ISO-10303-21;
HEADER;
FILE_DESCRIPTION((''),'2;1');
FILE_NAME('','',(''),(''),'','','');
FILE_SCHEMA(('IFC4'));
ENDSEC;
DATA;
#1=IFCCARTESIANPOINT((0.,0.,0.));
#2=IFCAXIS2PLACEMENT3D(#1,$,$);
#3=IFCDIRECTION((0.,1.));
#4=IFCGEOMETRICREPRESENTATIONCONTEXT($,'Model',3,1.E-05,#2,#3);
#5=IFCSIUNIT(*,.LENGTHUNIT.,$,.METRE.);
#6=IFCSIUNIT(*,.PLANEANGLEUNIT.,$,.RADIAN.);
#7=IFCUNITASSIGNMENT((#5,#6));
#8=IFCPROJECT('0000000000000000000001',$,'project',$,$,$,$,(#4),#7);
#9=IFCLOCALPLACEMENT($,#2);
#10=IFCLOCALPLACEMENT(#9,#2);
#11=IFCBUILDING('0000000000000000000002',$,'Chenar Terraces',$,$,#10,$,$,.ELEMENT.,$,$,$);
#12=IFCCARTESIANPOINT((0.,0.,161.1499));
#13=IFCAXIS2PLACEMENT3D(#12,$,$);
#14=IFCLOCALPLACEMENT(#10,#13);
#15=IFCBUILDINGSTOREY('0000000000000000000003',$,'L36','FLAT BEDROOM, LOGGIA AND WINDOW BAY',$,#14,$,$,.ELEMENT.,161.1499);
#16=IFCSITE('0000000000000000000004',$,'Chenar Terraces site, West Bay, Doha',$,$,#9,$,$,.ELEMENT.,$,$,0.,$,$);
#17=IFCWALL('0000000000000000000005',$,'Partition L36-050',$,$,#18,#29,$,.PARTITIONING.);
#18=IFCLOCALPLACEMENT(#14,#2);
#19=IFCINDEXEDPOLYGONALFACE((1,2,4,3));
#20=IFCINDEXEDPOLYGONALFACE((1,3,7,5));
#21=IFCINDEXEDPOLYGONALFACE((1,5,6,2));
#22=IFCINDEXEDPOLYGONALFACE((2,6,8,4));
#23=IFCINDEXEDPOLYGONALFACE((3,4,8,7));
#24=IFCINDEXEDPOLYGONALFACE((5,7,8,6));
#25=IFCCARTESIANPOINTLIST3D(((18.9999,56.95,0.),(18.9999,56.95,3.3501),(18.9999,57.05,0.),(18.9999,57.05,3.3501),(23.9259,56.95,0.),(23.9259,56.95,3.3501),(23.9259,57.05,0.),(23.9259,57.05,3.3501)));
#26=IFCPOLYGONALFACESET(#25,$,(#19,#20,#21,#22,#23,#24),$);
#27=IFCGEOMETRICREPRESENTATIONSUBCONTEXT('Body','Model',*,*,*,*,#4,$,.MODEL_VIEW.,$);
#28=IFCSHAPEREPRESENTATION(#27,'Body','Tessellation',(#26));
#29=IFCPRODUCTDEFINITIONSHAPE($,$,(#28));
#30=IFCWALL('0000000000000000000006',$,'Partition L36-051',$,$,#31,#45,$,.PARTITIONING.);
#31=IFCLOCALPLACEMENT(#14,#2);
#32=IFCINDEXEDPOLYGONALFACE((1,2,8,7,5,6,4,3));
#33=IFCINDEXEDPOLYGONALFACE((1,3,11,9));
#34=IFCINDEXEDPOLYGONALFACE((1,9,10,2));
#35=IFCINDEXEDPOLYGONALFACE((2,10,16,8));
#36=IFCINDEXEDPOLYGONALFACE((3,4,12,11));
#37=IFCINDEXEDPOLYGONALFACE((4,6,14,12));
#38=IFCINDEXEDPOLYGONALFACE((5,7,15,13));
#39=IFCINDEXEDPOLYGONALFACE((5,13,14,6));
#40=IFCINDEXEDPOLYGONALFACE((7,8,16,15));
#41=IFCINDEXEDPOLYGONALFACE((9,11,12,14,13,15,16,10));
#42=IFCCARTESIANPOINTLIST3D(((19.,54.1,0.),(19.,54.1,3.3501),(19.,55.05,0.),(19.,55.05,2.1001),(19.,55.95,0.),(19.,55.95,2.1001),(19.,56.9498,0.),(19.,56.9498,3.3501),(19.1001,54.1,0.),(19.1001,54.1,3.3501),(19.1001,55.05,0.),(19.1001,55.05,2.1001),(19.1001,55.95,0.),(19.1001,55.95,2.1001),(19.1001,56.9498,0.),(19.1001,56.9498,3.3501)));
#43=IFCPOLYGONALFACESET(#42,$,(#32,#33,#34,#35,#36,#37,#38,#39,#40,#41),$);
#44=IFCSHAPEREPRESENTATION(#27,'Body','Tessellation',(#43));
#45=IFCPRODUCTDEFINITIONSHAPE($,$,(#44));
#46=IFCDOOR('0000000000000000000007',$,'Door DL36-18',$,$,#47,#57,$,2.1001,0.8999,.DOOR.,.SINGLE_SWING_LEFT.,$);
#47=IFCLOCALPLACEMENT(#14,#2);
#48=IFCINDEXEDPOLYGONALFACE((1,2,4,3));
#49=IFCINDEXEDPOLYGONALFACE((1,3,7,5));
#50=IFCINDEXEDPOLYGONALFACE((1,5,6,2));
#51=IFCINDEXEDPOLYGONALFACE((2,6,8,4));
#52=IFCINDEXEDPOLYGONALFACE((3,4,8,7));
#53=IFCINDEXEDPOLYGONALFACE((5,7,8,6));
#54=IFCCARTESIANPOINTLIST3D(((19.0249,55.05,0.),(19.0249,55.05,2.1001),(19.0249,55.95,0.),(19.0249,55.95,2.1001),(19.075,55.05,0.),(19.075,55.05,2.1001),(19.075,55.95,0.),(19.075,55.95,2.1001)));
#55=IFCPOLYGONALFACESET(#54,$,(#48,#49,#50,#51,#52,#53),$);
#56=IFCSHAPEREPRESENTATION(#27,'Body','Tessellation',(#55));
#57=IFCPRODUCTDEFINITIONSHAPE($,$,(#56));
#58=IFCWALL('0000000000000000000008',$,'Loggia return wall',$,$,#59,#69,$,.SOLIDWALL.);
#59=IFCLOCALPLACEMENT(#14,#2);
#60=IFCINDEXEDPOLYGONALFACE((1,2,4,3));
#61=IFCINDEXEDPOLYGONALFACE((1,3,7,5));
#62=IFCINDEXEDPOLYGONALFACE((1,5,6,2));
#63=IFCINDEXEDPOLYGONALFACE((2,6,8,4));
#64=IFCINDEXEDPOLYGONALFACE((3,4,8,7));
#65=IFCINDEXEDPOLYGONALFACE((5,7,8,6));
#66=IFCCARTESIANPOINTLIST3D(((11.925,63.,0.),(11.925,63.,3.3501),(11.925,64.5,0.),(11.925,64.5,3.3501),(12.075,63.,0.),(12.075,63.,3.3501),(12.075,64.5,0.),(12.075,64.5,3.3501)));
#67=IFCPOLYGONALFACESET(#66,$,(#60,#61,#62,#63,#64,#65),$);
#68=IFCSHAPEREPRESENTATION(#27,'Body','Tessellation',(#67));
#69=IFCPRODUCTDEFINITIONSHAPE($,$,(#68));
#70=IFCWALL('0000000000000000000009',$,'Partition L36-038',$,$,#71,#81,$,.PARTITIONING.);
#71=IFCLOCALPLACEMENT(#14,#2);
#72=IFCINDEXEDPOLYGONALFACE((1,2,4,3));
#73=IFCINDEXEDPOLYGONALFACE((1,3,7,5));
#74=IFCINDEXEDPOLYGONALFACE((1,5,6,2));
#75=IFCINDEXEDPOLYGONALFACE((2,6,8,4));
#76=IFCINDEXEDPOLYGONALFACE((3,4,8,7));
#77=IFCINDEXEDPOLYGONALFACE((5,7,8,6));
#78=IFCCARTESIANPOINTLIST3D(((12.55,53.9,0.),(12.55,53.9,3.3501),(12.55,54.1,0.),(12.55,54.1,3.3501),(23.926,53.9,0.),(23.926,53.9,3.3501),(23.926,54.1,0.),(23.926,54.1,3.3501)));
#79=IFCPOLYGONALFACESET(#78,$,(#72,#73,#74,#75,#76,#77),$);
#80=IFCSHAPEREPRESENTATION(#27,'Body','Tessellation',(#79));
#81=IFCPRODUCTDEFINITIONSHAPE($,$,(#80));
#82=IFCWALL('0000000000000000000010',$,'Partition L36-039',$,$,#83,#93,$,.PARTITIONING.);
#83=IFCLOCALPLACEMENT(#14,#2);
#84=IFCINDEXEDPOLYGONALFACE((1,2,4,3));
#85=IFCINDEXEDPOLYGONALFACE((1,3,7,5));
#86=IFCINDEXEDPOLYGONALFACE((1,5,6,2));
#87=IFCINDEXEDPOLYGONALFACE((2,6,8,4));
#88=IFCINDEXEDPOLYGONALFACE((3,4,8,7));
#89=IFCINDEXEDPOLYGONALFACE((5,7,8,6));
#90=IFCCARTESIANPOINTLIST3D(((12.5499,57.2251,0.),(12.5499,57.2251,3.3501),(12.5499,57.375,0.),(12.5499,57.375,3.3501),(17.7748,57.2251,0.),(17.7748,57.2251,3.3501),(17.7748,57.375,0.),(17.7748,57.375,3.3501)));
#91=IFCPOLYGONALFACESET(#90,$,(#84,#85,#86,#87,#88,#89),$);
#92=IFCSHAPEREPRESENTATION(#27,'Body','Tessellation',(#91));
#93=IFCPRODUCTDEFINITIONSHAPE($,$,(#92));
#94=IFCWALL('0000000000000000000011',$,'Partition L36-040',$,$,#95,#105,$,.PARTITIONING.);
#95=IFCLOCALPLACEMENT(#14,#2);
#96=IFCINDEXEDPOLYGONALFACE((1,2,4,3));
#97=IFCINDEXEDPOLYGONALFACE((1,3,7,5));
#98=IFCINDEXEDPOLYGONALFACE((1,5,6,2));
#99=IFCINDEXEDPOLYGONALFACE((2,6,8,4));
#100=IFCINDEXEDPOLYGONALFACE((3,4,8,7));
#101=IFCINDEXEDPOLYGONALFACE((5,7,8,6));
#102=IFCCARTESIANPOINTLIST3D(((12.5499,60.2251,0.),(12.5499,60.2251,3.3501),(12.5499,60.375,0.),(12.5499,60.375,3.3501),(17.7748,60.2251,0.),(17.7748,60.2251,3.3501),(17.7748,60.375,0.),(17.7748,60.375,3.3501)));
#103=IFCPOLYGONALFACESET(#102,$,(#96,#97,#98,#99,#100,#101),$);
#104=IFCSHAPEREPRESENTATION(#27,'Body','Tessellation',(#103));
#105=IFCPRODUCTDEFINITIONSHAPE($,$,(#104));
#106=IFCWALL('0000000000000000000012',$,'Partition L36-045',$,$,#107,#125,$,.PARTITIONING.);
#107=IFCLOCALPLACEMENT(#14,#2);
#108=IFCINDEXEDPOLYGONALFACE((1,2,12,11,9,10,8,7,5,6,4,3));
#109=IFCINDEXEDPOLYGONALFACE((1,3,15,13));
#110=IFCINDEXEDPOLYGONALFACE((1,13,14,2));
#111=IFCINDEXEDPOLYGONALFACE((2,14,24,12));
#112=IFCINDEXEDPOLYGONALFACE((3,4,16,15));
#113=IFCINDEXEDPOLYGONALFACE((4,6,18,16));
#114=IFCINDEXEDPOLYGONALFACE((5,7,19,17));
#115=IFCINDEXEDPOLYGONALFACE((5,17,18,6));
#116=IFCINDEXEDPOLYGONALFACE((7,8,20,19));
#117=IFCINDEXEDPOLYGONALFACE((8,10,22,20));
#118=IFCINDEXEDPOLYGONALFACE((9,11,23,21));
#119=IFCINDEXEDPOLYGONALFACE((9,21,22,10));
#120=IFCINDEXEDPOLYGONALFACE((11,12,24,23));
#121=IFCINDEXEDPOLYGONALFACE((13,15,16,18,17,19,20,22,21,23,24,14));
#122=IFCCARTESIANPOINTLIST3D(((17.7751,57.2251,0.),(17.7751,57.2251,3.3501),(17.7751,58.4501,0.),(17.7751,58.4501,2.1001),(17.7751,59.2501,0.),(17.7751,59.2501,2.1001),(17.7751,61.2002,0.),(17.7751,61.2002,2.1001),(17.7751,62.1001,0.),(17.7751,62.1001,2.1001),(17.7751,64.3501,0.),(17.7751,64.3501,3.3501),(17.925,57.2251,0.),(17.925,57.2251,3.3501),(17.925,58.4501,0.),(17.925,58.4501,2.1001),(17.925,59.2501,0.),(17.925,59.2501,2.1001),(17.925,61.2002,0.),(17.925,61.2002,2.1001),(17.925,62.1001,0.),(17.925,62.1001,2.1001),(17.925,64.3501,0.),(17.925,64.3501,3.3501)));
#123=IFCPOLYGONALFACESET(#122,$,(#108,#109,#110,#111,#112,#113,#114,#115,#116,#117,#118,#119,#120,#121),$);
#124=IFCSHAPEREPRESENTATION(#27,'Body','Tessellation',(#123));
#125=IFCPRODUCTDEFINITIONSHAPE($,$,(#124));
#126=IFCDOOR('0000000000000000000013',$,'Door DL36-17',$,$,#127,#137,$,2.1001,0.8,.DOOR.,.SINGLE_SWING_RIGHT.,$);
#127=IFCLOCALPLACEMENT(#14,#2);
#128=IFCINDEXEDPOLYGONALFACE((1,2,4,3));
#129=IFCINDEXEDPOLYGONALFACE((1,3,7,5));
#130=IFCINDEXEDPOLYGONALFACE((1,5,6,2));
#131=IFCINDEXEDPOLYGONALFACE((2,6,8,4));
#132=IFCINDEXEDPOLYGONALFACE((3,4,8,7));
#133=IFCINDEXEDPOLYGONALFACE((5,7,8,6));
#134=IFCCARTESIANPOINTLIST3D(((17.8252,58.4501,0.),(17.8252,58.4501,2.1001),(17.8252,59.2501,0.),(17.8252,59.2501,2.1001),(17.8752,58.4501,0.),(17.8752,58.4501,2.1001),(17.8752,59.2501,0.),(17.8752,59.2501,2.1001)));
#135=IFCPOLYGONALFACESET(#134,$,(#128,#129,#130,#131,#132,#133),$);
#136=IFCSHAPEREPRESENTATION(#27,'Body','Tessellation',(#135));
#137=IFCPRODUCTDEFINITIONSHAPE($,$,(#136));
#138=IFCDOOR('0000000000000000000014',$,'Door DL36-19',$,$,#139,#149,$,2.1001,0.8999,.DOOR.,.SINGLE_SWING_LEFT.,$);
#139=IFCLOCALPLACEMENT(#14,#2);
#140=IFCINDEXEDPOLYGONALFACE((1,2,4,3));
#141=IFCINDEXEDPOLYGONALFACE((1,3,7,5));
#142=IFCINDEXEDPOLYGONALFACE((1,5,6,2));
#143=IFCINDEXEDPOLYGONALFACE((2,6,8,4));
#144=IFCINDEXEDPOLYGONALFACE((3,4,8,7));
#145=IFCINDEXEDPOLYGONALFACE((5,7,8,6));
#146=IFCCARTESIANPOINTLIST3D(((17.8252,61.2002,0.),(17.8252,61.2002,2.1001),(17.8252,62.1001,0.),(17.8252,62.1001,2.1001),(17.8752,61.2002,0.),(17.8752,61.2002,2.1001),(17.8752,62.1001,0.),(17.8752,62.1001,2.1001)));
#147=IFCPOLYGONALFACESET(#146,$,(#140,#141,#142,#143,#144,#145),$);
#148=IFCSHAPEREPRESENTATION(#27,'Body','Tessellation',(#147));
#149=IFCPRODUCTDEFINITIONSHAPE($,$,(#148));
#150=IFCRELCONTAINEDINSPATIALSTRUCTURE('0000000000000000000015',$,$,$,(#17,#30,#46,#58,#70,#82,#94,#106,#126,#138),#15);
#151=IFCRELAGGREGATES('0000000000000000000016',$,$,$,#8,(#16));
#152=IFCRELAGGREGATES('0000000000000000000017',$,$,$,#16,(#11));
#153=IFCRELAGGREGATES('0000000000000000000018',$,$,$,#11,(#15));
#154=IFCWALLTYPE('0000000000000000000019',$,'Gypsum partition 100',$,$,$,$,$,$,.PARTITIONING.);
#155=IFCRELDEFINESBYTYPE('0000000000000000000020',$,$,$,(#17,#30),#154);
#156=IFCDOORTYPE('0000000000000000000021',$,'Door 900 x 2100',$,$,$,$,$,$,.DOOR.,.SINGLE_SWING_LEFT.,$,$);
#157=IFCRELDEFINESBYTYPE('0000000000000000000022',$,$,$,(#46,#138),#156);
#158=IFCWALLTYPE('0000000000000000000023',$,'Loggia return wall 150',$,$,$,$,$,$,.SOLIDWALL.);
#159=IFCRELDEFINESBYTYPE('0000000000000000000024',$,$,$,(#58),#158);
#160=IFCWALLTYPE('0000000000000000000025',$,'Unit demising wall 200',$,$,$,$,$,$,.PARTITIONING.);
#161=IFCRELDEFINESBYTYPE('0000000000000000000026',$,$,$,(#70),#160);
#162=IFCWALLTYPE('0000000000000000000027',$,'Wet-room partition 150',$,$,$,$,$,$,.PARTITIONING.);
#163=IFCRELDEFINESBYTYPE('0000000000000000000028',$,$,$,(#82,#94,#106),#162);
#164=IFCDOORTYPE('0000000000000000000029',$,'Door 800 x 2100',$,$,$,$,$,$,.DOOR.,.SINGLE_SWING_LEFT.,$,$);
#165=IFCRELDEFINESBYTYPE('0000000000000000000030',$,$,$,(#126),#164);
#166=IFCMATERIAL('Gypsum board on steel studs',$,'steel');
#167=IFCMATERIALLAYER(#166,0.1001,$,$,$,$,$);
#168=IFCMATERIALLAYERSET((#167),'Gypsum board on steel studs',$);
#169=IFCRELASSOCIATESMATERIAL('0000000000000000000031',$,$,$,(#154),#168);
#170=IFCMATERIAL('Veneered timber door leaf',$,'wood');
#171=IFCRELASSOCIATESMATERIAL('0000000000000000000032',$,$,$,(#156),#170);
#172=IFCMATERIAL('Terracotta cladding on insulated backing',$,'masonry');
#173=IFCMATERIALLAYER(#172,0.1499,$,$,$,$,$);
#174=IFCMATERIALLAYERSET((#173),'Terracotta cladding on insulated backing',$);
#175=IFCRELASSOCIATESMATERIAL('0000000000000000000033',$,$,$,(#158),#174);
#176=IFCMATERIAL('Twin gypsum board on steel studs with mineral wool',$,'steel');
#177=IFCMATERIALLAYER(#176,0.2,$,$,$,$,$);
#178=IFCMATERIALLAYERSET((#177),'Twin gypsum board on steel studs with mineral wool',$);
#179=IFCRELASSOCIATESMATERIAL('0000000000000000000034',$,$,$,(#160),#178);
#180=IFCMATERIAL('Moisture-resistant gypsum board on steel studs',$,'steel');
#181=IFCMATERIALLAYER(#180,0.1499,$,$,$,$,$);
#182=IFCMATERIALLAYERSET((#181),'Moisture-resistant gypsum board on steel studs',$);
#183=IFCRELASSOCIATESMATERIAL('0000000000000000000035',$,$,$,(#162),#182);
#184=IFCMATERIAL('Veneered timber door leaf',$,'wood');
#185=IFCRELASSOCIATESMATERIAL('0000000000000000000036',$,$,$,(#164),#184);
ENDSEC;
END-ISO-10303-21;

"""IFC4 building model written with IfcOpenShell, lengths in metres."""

from ifc_helpers import new_model, si_unit, direction, frame, frame_2d, origin, place, context, subcontext, project, spatial, rectangle, extrude, material, layer, layer_set, type_object, element, fill, save


model = new_model("IFC4")

# Units and contexts
model_context = context("Model", 3, precision=1e-05, world=origin(), true_north=direction((0.0, 1.0)))
body_context = subcontext(model_context, "Body", "Model", "MODEL_VIEW")
ifc_project = project(units=[si_unit("LENGTHUNIT", "METRE"), si_unit("PLANEANGLEUNIT", "RADIAN")], contexts=[model_context])

# Site, building, storey
site_placement = place(None, origin())
site = spatial("IfcSite", under=ifc_project, at=site_placement, Name="Chenar Terraces site, West Bay, Doha", CompositionType="ELEMENT", RefElevation=0.0)
building_placement = place(site_placement, origin())
building = spatial("IfcBuilding", under=site, at=building_placement, Name="Chenar Terraces", CompositionType="ELEMENT")
storey_placement = place(building_placement, frame((0.0, 0.0, 161.1499)))
storey = spatial("IfcBuildingStorey", under=building, at=storey_placement, Name="L36", Description="FLAT BEDROOM, LOGGIA AND WINDOW BAY", CompositionType="ELEMENT", Elevation=161.1499)

# Wall
ifc_material_1 = material(Name="Gypsum board on steel studs", Category="steel")
ifc_layer_1 = layer(ifc_material_1, 0.1001)
ifc_layer_set_1 = layer_set([ifc_layer_1], Name="Gypsum board on steel studs")
wall_type_1 = type_object("IfcWallType", Name="Gypsum partition 100", PredefinedType="PARTITIONING", material=ifc_layer_set_1)
wall_1_placement = place(storey_placement, frame((19.0, 57.0, 0.0), z_axis=(0.0, 0.0, 1.0), x_axis=(1.0, 0.0, 0.0)))
element("IfcWall", 1, at=wall_1_placement, inside=storey, type_object=wall_type_1, Name="Partition L36-050", PredefinedType="PARTITIONING", context=body_context, shape_type="SweptSolid", body=[
    extrude(rectangle(XDim=4.926, YDim=0.1001, at=frame_2d((2.4629, 0.0))), origin(), (0.0, 0.0, 1.0), 3.3501),
])

# Wall, opening, door
wall_2_placement = place(storey_placement, frame((19.05, 54.1001, 0.0), z_axis=(0.0, 0.0, 1.0), x_axis=(0.0, 1.0, 0.0)))
wall_2 = element("IfcWall", 2, at=wall_2_placement, inside=storey, type_object=wall_type_1, Name="Partition L36-051", PredefinedType="PARTITIONING", context=body_context, shape_type="SweptSolid", body=[
    extrude(rectangle(XDim=2.8499, YDim=0.1001, at=frame_2d((1.4248, 0.0))), origin(), (0.0, 0.0, 1.0), 3.3501),
])
opening_1_placement = place(wall_2_placement, frame((0.95, 0.0, 0.0)))
opening_1 = element("IfcOpeningElement", 3, at=opening_1_placement, cuts=wall_2, PredefinedType="OPENING", context=body_context, shape_type="SweptSolid", body=[
    extrude(rectangle(XDim=0.8999, YDim=2.1001, at=frame_2d((0.45, 1.05))), frame((0.0, 0.0601, 0.0), z_axis=(0.0, -1.0, 0.0), x_axis=(1.0, 0.0, 0.0)), (0.0, 0.0, 1.0), 0.1201),
])
ifc_material_2 = material(Name="Veneered timber door leaf", Category="wood")
door_type_1 = type_object("IfcDoorType", Name="Door 900 x 2100", OperationType="SINGLE_SWING_LEFT", PredefinedType="DOOR", material=ifc_material_2)
door_1_placement = place(opening_1_placement, frame((0.8999, 0.0, 0.0), z_axis=(0.0, 0.0, 1.0), x_axis=(-1.0, 0.0, 0.0)))
door_1 = element("IfcDoor", 4, at=door_1_placement, inside=storey, type_object=door_type_1, Name="Door DL36-18", OperationType="SINGLE_SWING_LEFT", OverallHeight=2.1001, OverallWidth=0.8999, PredefinedType="DOOR", context=body_context, shape_type="SweptSolid", body=[
    extrude(rectangle(XDim=0.8999, YDim=2.1001, at=frame_2d((0.45, 1.05))), frame((0.0, 0.0249, 0.0), z_axis=(0.0, -1.0, 0.0), x_axis=(1.0, 0.0, 0.0)), (0.0, 0.0, 1.0), 0.05),
])
fill(opening_1, door_1)

# Walls
ifc_material_3 = material(Name="Terracotta cladding on insulated backing", Category="masonry")
ifc_layer_2 = layer(ifc_material_3, 0.1499)
ifc_layer_set_2 = layer_set([ifc_layer_2], Name="Terracotta cladding on insulated backing")
wall_type_2 = type_object("IfcWallType", Name="Loggia return wall 150", PredefinedType="SOLIDWALL", material=ifc_layer_set_2)
wall_3_placement = place(storey_placement, frame((12.0, 64.5, 0.0), z_axis=(0.0, 0.0, 1.0), x_axis=(0.0, -1.0, 0.0)))
element("IfcWall", 5, at=wall_3_placement, inside=storey, type_object=wall_type_2, Name="Loggia return wall", PredefinedType="SOLIDWALL", context=body_context, shape_type="SweptSolid", body=[
    extrude(rectangle(XDim=1.5, YDim=0.1499, at=frame_2d((0.75, 0.0))), origin(), (0.0, 0.0, 1.0), 3.3501),
])
ifc_material_4 = material(Name="Twin gypsum board on steel studs with mineral wool", Category="steel")
ifc_layer_3 = layer(ifc_material_4, 0.2)
ifc_layer_set_3 = layer_set([ifc_layer_3], Name="Twin gypsum board on steel studs with mineral wool")
wall_type_3 = type_object("IfcWallType", Name="Unit demising wall 200", PredefinedType="PARTITIONING", material=ifc_layer_set_3)
wall_4_placement = place(storey_placement, frame((12.55, 54.0, 0.0), z_axis=(0.0, 0.0, 1.0), x_axis=(1.0, 0.0, 0.0)))
element("IfcWall", 6, at=wall_4_placement, inside=storey, type_object=wall_type_3, Name="Partition L36-038", PredefinedType="PARTITIONING", context=body_context, shape_type="SweptSolid", body=[
    extrude(rectangle(XDim=11.376, YDim=0.2, at=frame_2d((5.688, 0.0))), origin(), (0.0, 0.0, 1.0), 3.3501),
])
ifc_material_5 = material(Name="Moisture-resistant gypsum board on steel studs", Category="steel")
ifc_layer_4 = layer(ifc_material_5, 0.1499)
ifc_layer_set_4 = layer_set([ifc_layer_4], Name="Moisture-resistant gypsum board on steel studs")
wall_type_4 = type_object("IfcWallType", Name="Wet-room partition 150", PredefinedType="PARTITIONING", material=ifc_layer_set_4)
for number, where, z_axis, x_axis, name in (
    (7, (12.55, 57.3, 0.0), (0.0, 0.0, 1.0), (1.0, 0.0, 0.0), "Partition L36-039"),
    (8, (12.55, 60.3, 0.0), (0.0, 0.0, 1.0), (1.0, 0.0, 0.0), "Partition L36-040"),
):
    element("IfcWall", number, at=place(storey_placement, frame(where, z_axis=z_axis, x_axis=x_axis)), inside=storey, type_object=wall_type_4, Name=name, PredefinedType="PARTITIONING", context=body_context, shape_type="SweptSolid", body=[
        extrude(rectangle(XDim=5.2249, YDim=0.1499, at=frame_2d((2.6123, 0.0))), origin(), (0.0, 0.0, 1.0), 3.3501),
    ])

# Wall, openings, doors
wall_5_placement = place(storey_placement, frame((17.8501, 57.2251, 0.0), z_axis=(0.0, 0.0, 1.0), x_axis=(0.0, 1.0, 0.0)))
wall_5 = element("IfcWall", 9, at=wall_5_placement, inside=storey, type_object=wall_type_4, Name="Partition L36-045", PredefinedType="PARTITIONING", context=body_context, shape_type="SweptSolid", body=[
    extrude(rectangle(XDim=7.125, YDim=0.1499, at=frame_2d((3.5625, 0.0))), origin(), (0.0, 0.0, 1.0), 3.3501),
])
opening_2_placement = place(wall_5_placement, frame((1.2251, 0.0, 0.0)))
opening_2 = element("IfcOpeningElement", 10, at=opening_2_placement, cuts=wall_5, PredefinedType="OPENING", context=body_context, shape_type="SweptSolid", body=[
    extrude(rectangle(XDim=0.8, YDim=2.1001, at=frame_2d((0.3999, 1.05))), frame((0.0, 0.085, 0.0), z_axis=(0.0, -1.0, 0.0), x_axis=(1.0, 0.0, 0.0)), (0.0, 0.0, 1.0), 0.1699),
])
opening_3_placement = place(wall_5_placement, frame((3.9751, 0.0, 0.0)))
opening_3 = element("IfcOpeningElement", 11, at=opening_3_placement, cuts=wall_5, PredefinedType="OPENING", context=body_context, shape_type="SweptSolid", body=[
    extrude(rectangle(XDim=0.8999, YDim=2.1001, at=frame_2d((0.45, 1.05))), frame((0.0, 0.085, 0.0), z_axis=(0.0, -1.0, 0.0), x_axis=(1.0, 0.0, 0.0)), (0.0, 0.0, 1.0), 0.1699),
])
ifc_material_6 = material(Name="Veneered timber door leaf", Category="wood")
door_type_2 = type_object("IfcDoorType", Name="Door 800 x 2100", OperationType="SINGLE_SWING_LEFT", PredefinedType="DOOR", material=ifc_material_6)
door_2_placement = place(opening_2_placement, origin())
door_2 = element("IfcDoor", 12, at=door_2_placement, inside=storey, type_object=door_type_2, Name="Door DL36-17", OperationType="SINGLE_SWING_RIGHT", OverallHeight=2.1001, OverallWidth=0.8, PredefinedType="DOOR", context=body_context, shape_type="SweptSolid", body=[
    extrude(rectangle(XDim=0.8, YDim=2.1001, at=frame_2d((0.3999, 1.05))), frame((0.0, 0.0249, 0.0), z_axis=(0.0, -1.0, 0.0), x_axis=(1.0, 0.0, 0.0)), (0.0, 0.0, 1.0), 0.05),
])
fill(opening_2, door_2)
door_3_placement = place(opening_3_placement, origin())
door_3 = element("IfcDoor", 13, at=door_3_placement, inside=storey, type_object=door_type_1, Name="Door DL36-19", OperationType="SINGLE_SWING_LEFT", OverallHeight=2.1001, OverallWidth=0.8999, PredefinedType="DOOR", context=body_context, shape_type="SweptSolid", body=[
    extrude(rectangle(XDim=0.8999, YDim=2.1001, at=frame_2d((0.45, 1.05))), frame((0.0, 0.0249, 0.0), z_axis=(0.0, -1.0, 0.0), x_axis=(1.0, 0.0, 0.0)), (0.0, 0.0, 1.0), 0.05),
])
fill(opening_3, door_3)

save(model, "model.ifc")
